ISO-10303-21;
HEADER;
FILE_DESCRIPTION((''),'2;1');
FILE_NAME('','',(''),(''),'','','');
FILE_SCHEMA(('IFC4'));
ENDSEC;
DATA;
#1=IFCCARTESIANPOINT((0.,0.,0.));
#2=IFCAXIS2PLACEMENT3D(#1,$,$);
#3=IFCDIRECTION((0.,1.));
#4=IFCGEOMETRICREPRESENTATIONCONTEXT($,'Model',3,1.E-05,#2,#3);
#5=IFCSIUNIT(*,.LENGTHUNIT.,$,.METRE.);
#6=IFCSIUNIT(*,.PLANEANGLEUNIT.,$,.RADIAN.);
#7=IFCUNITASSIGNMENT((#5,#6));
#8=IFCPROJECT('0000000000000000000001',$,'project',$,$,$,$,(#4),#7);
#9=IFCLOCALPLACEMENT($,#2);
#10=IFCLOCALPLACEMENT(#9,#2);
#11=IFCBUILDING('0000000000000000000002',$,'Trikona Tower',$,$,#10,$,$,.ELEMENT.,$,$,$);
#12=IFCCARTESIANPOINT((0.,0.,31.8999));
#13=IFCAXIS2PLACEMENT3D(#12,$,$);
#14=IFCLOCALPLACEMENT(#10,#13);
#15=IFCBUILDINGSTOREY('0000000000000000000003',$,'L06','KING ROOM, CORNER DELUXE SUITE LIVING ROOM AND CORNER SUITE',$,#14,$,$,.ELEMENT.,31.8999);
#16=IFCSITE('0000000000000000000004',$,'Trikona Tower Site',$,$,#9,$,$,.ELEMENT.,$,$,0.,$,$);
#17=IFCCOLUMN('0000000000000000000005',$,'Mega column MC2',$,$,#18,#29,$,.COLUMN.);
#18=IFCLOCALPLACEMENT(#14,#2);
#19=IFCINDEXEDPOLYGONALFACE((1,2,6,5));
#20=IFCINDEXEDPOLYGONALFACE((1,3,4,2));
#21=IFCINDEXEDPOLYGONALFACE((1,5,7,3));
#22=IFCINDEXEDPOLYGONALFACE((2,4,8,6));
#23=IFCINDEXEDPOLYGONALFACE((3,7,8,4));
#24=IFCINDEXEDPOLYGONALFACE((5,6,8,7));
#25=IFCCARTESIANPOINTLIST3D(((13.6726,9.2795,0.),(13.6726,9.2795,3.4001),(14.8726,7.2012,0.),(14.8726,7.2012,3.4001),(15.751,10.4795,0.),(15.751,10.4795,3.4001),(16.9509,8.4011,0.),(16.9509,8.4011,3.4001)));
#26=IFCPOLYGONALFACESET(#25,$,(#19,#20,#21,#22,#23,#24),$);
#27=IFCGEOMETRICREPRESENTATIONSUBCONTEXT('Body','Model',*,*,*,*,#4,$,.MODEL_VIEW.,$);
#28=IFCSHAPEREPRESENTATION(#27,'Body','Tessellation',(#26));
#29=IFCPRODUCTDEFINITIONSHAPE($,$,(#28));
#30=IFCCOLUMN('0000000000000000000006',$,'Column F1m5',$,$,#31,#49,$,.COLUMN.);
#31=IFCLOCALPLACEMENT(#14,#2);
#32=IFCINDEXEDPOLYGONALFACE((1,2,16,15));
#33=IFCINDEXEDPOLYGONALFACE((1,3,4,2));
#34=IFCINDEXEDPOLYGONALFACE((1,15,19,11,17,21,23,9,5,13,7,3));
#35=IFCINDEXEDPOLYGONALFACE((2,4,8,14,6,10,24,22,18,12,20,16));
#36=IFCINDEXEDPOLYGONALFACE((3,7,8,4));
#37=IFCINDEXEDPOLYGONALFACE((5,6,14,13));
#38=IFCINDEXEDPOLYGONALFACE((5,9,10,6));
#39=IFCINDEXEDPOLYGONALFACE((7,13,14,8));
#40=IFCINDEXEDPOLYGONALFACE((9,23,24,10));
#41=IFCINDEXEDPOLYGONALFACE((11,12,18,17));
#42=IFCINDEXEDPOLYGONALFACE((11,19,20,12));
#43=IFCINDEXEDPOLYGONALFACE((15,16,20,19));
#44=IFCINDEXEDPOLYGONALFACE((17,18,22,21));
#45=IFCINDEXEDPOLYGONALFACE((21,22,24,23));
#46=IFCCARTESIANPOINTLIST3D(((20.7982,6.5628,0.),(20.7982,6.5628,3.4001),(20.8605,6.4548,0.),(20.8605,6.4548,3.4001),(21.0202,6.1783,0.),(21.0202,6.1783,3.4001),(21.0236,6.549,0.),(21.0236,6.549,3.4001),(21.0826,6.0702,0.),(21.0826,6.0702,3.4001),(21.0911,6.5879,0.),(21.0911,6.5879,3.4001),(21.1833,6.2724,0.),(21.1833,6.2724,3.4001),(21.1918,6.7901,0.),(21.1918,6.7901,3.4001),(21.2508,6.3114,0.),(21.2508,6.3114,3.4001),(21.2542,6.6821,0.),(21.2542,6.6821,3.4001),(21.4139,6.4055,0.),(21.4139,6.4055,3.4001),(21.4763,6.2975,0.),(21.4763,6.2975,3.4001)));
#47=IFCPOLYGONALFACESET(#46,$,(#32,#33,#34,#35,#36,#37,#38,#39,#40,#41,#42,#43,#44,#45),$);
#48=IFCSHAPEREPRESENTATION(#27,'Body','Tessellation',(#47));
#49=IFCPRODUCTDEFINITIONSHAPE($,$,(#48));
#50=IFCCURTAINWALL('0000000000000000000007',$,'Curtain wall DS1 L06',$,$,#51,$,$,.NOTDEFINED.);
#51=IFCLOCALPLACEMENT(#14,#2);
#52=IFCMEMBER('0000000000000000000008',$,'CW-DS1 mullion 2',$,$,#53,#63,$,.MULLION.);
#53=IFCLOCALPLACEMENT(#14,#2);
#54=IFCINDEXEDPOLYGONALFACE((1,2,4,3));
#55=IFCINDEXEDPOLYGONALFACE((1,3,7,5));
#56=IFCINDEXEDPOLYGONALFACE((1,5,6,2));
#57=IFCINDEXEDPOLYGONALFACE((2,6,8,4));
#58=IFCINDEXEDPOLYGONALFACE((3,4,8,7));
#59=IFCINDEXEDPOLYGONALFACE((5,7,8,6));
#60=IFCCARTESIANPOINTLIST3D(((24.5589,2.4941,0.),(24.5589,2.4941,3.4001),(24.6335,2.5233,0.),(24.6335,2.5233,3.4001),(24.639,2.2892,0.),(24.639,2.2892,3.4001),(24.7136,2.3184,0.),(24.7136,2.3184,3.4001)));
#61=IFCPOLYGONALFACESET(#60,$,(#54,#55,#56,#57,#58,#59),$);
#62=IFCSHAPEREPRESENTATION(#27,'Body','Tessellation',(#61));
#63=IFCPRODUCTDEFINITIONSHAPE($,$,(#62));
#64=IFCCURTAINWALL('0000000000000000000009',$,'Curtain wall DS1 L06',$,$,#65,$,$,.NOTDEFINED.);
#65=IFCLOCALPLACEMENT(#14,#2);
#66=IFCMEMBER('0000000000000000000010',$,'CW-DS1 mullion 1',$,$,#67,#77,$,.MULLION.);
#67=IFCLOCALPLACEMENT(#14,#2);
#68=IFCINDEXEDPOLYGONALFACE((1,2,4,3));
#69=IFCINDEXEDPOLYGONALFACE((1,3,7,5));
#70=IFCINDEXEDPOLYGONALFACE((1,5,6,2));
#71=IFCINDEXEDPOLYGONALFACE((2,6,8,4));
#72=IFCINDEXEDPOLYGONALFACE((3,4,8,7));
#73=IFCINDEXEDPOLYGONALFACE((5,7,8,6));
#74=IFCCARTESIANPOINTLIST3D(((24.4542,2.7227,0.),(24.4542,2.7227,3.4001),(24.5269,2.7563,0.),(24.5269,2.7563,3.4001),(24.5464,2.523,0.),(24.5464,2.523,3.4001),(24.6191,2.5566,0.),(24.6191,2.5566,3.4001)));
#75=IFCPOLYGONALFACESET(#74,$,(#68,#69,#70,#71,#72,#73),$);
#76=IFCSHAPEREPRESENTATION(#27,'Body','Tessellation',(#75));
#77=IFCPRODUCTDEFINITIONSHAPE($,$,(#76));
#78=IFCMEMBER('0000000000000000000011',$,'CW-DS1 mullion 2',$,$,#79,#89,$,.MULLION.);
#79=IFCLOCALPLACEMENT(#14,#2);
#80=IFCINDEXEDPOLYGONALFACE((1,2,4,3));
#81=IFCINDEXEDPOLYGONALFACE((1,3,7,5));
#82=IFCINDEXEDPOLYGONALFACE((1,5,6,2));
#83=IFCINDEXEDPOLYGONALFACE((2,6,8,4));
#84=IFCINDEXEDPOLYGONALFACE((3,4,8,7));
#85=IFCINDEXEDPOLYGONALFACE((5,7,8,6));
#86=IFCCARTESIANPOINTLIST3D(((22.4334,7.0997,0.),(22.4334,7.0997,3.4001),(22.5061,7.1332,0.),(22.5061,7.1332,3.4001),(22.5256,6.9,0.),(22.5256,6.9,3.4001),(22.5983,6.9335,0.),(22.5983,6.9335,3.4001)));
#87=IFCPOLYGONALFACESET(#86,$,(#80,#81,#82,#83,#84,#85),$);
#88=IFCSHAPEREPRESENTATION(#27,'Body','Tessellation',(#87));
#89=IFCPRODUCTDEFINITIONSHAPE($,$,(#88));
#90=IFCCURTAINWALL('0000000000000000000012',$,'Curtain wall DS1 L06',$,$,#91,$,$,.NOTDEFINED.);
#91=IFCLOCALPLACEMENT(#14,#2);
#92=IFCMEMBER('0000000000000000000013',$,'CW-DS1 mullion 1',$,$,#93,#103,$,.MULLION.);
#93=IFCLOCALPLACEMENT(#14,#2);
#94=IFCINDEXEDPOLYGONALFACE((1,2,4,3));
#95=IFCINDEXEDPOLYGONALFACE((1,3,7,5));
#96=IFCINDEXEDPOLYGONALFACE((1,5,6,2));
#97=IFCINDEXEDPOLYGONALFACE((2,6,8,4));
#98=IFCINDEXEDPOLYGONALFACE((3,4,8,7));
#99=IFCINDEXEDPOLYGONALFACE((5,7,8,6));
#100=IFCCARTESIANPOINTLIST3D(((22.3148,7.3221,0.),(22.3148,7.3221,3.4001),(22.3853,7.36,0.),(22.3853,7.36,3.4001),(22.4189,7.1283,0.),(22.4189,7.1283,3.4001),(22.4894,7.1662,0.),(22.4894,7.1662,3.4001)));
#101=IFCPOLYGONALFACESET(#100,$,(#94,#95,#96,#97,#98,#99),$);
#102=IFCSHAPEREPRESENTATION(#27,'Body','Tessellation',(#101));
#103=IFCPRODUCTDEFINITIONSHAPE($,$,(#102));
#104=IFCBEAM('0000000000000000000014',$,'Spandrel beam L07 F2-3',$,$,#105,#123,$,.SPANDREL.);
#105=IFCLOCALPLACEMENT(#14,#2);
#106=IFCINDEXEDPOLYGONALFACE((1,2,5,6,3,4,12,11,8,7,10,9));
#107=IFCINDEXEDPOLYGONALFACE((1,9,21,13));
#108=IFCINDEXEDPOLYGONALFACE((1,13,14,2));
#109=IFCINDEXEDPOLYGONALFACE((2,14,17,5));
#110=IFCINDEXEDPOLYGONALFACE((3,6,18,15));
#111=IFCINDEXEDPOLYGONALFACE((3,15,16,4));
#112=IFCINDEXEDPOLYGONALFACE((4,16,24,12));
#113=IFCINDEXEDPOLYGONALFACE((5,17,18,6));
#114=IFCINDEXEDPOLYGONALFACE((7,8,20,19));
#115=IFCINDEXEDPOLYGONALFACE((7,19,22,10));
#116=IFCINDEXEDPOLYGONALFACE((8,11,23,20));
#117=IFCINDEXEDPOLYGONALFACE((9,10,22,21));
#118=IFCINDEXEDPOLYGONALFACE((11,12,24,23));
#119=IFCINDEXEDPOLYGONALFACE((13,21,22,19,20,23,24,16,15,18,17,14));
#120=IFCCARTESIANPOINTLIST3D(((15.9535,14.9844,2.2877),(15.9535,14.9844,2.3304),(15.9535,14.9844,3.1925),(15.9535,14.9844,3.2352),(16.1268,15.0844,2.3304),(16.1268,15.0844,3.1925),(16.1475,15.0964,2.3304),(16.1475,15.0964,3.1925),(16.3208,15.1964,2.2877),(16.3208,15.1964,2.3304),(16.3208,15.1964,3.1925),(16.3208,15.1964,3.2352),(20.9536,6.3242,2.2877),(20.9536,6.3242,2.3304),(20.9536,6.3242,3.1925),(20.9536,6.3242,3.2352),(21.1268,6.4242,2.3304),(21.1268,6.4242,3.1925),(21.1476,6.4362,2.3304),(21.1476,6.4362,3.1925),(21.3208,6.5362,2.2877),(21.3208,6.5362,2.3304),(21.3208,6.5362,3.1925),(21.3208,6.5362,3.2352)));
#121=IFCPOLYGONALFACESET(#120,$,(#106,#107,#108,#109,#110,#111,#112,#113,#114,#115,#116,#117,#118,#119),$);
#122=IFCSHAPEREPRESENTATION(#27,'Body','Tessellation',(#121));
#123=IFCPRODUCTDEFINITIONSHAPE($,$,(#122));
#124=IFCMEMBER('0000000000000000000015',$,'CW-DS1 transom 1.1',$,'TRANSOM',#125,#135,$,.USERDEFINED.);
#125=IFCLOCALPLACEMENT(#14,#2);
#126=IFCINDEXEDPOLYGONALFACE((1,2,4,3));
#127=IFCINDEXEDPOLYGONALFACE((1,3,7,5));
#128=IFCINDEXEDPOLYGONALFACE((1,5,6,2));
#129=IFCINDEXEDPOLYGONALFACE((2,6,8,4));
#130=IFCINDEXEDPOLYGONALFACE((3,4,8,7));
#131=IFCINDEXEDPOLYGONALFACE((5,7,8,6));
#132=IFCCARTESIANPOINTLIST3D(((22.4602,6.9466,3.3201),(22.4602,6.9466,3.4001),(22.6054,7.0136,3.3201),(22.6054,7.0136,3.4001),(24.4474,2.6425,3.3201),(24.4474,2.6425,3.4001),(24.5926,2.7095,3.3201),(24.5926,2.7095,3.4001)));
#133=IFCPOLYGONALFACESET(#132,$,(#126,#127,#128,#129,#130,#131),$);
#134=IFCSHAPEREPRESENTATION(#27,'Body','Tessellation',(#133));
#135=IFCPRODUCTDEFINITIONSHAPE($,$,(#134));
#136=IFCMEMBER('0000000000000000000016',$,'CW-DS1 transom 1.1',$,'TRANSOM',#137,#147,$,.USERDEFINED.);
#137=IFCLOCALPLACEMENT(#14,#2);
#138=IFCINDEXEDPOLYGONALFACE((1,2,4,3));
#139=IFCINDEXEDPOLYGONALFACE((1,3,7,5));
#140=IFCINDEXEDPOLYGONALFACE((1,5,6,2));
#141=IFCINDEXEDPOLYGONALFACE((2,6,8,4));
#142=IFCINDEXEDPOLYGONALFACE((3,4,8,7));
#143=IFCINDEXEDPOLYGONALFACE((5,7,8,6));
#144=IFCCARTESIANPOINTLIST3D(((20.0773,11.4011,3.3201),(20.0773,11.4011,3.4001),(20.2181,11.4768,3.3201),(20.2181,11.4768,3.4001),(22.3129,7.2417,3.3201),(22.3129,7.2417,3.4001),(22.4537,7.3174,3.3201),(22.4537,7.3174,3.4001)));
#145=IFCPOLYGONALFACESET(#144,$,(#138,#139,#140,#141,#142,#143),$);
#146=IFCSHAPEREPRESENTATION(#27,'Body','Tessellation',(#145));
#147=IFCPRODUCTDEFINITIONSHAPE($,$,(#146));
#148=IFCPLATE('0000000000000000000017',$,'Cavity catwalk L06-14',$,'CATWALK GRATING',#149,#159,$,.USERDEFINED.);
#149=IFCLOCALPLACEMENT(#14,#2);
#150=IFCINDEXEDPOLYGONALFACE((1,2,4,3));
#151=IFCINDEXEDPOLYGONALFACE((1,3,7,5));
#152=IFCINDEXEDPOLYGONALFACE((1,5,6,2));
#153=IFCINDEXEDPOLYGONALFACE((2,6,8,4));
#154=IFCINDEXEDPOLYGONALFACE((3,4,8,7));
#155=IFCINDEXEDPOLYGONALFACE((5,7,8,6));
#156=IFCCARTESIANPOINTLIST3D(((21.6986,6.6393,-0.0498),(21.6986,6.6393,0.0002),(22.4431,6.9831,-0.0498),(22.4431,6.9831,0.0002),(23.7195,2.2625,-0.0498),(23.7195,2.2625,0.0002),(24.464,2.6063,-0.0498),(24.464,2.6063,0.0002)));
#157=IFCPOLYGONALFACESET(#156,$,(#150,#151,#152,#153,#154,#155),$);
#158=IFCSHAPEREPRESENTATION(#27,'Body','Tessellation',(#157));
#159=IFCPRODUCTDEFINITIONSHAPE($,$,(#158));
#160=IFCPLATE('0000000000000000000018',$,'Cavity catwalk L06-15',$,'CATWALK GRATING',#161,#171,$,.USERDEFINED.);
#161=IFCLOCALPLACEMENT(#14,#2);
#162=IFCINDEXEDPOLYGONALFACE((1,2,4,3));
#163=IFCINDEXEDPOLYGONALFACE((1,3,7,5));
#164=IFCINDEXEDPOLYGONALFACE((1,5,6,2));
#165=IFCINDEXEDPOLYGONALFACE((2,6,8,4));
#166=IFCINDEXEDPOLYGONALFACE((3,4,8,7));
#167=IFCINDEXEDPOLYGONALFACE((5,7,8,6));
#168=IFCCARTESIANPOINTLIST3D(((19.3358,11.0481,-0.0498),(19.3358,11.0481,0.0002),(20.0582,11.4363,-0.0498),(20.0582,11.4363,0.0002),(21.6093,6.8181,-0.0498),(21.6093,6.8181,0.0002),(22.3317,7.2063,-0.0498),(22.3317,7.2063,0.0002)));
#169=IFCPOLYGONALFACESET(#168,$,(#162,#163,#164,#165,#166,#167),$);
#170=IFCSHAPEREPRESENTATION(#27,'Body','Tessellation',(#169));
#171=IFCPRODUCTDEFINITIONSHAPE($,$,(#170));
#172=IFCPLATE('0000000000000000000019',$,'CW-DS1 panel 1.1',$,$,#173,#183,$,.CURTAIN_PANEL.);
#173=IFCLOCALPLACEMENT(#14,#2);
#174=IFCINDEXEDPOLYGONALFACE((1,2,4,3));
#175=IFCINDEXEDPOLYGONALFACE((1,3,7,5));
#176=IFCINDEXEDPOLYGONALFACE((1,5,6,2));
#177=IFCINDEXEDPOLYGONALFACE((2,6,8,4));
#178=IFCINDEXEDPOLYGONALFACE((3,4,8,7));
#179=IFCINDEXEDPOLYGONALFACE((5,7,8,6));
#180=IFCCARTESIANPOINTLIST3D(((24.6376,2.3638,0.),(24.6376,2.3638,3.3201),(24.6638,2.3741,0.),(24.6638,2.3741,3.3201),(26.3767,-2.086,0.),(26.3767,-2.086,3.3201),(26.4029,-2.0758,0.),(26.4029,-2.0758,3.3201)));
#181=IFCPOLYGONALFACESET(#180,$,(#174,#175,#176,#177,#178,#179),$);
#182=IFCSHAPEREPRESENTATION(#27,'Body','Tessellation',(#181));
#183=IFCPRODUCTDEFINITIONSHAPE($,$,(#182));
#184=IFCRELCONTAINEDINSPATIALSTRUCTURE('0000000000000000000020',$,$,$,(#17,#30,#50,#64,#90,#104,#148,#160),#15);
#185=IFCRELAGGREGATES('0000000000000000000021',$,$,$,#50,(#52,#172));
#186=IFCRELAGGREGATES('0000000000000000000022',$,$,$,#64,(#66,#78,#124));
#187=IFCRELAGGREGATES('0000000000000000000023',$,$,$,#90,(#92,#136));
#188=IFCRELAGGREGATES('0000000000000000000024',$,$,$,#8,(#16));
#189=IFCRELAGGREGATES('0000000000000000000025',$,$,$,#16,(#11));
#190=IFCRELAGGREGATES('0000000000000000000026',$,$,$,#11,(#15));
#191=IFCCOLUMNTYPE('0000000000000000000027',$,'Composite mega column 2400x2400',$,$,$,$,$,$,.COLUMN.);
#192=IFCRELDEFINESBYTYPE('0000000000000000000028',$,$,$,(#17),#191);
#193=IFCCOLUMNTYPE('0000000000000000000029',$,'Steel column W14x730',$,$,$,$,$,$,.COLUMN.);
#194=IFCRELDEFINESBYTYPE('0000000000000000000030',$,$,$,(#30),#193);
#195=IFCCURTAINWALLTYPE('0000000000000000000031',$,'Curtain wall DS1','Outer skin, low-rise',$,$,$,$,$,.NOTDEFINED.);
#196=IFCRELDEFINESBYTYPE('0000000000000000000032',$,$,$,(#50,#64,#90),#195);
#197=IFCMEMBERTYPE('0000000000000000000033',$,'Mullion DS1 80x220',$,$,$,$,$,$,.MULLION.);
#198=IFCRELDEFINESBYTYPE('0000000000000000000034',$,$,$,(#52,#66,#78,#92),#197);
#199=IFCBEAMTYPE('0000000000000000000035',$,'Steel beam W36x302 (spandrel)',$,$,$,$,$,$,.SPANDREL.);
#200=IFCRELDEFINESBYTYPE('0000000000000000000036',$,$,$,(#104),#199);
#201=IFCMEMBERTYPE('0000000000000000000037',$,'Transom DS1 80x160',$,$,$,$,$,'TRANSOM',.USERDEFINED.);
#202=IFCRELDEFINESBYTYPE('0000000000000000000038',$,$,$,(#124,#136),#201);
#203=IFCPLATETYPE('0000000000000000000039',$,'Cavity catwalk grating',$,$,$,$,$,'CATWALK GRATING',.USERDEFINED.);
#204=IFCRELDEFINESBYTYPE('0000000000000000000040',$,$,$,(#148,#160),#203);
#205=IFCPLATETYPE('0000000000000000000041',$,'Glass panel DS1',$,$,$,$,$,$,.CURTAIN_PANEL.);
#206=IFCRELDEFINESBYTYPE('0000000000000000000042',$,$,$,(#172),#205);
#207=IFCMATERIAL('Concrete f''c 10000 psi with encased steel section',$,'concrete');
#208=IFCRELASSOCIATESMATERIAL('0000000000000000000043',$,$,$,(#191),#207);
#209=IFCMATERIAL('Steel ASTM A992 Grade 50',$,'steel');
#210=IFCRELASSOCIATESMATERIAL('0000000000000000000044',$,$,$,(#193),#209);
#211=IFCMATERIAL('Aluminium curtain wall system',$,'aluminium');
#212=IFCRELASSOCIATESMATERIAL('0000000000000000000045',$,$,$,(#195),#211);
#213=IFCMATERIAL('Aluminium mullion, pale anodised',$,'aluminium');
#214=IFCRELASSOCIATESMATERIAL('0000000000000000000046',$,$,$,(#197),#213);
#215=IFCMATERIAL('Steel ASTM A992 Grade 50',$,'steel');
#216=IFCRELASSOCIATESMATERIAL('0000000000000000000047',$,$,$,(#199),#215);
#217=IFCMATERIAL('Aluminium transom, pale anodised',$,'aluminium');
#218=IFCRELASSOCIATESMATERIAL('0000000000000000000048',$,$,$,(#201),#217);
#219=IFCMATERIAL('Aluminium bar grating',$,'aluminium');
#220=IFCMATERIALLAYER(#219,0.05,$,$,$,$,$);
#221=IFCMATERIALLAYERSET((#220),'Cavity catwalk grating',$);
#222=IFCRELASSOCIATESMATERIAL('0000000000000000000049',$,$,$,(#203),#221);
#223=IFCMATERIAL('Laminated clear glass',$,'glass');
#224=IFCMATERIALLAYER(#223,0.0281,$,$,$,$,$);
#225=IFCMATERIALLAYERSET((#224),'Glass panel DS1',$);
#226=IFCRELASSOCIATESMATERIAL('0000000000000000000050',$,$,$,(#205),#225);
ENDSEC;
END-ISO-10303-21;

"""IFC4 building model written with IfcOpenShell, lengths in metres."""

from ifc_helpers import new_model, si_unit, direction, frame, origin, origin_2d, place, context, subcontext, project, spatial, rectangle, i_section, extrude, material, layer, layer_set, material_profile, profile_set, type_object, element, aggregate, save


model = new_model("IFC4")

# Units and contexts
model_context = context("Model", 3, precision=1e-05, world=origin(), true_north=direction((0.0, 1.0)))
body_context = subcontext(model_context, "Body", "Model", "MODEL_VIEW")
ifc_project = project(units=[si_unit("LENGTHUNIT", "METRE"), si_unit("PLANEANGLEUNIT", "RADIAN")], contexts=[model_context])

# Site, building, storey
site_placement = place(None, origin())
site = spatial("IfcSite", under=ifc_project, at=site_placement, Name="Trikona Tower Site", CompositionType="ELEMENT", RefElevation=0.0)
building_placement = place(site_placement, origin())
building = spatial("IfcBuilding", under=site, at=building_placement, Name="Trikona Tower", CompositionType="ELEMENT")
storey_placement = place(building_placement, frame((0.0, 0.0, 31.8999)))
storey = spatial("IfcBuildingStorey", under=building, at=storey_placement, Name="L06", Description="KING ROOM, CORNER DELUXE SUITE LIVING ROOM AND CORNER SUITE", CompositionType="ELEMENT", Elevation=31.8999)

# Columns
ifc_material_1 = material(Name="Concrete f'c 10000 psi with encased steel section", Category="concrete")
ifc_material_profile_1 = material_profile(ifc_material_1, rectangle(XDim=2.3999, YDim=2.3999, at=origin_2d()), Name="MC2400")
ifc_profile_set_1 = profile_set([ifc_material_profile_1], Name="Concrete f'c 10000 psi with encased steel section")
column_type_1 = type_object("IfcColumnType", Name="Composite mega column 2400x2400", PredefinedType="COLUMN", material=ifc_profile_set_1)
column_1_placement = place(storey_placement, frame((15.3118, 8.8403, 0.0), z_axis=(0.0, 0.0, 1.0), x_axis=(0.866025, 0.5, 0.0)))
element("IfcColumn", 1, at=column_1_placement, inside=storey, type_object=column_type_1, Name="Mega column MC2", PredefinedType="COLUMN", context=body_context, shape_type="SweptSolid", body=[
    extrude(rectangle(XDim=2.3999, YDim=2.3999, at=origin_2d()), origin(), (0.0, 0.0, 1.0), 3.4001),
])
ifc_material_2 = material(Name="Steel ASTM A992 Grade 50", Category="steel")
ifc_material_profile_2 = material_profile(ifc_material_2, i_section(OverallWidth=0.4546, OverallDepth=0.5688, WebThickness=0.0779, FlangeThickness=0.1248, at=origin_2d()), Name="W14X730")
ifc_profile_set_2 = profile_set([ifc_material_profile_2], Name="Steel ASTM A992 Grade 50")
column_type_2 = type_object("IfcColumnType", Name="Steel column W14x730", PredefinedType="COLUMN", material=ifc_profile_set_2)
column_2_placement = place(storey_placement, frame((21.1372, 6.4302, 0.0), z_axis=(0.0, 0.0, 1.0), x_axis=(0.866025, 0.5, 0.0)))
element("IfcColumn", 2, at=column_2_placement, inside=storey, type_object=column_type_2, Name="Column F1m5", PredefinedType="COLUMN", context=body_context, shape_type="SweptSolid", body=[
    extrude(i_section(OverallWidth=0.4546, OverallDepth=0.5688, WebThickness=0.0779, FlangeThickness=0.1248, at=origin_2d()), origin(), (0.0, 0.0, 1.0), 3.4001),
])

# Curtain wall, member
ifc_material_3 = material(Name="Aluminium curtain wall system", Category="aluminium")
curtain_wall_type = type_object("IfcCurtainWallType", Name="Curtain wall DS1", Description="Outer skin, low-rise", PredefinedType="NOTDEFINED", material=ifc_material_3)
curtain_wall_1_placement = place(storey_placement, origin())
curtain_wall_1 = element("IfcCurtainWall", 3, at=curtain_wall_1_placement, inside=storey, type_object=curtain_wall_type, Name="Curtain wall DS1 L06", PredefinedType="NOTDEFINED")
ifc_material_4 = material(Name="Aluminium mullion, pale anodised", Category="aluminium")
ifc_material_profile_3 = material_profile(ifc_material_4, rectangle(XDim=0.0801, YDim=0.22, at=origin_2d()), Name="MUL-DS1")
ifc_profile_set_3 = profile_set([ifc_material_profile_3], Name="Aluminium mullion, pale anodised")
member_type_1 = type_object("IfcMemberType", Name="Mullion DS1 80x220", PredefinedType="MULLION", material=ifc_profile_set_3)
member_1_placement = place(storey_placement, frame((24.6362, 2.4062, 0.0), z_axis=(0.0, 0.0, 1.0), x_axis=(-0.931396, -0.364008, 0.0)))
member_1 = element("IfcMember", 4, at=member_1_placement, type_object=member_type_1, Name="CW-DS1 mullion 2", PredefinedType="MULLION", context=body_context, shape_type="SweptSolid", body=[
    extrude(rectangle(XDim=0.0801, YDim=0.22, at=origin_2d()), origin(), (0.0, 0.0, 1.0), 3.4001),
])

# Curtain wall, members
curtain_wall_2_placement = place(storey_placement, origin())
curtain_wall_2 = element("IfcCurtainWall", 5, at=curtain_wall_2_placement, inside=storey, type_object=curtain_wall_type, Name="Curtain wall DS1 L06", PredefinedType="NOTDEFINED")
member_2_placement = place(storey_placement, frame((24.5366, 2.6396, 0.0), z_axis=(0.0, 0.0, 1.0), x_axis=(-0.907898, -0.41919, 0.0)))
member_2 = element("IfcMember", 6, at=member_2_placement, type_object=member_type_1, Name="CW-DS1 mullion 1", PredefinedType="MULLION", context=body_context, shape_type="SweptSolid", body=[
    extrude(rectangle(XDim=0.0801, YDim=0.22, at=origin_2d()), origin(), (0.0, 0.0, 1.0), 3.4001),
])
member_3_placement = place(storey_placement, frame((22.5159, 7.0166, 0.0), z_axis=(0.0, 0.0, 1.0), x_axis=(-0.907898, -0.41919, 0.0)))
member_3 = element("IfcMember", 7, at=member_3_placement, type_object=member_type_1, Name="CW-DS1 mullion 2", PredefinedType="MULLION", context=body_context, shape_type="SweptSolid", body=[
    extrude(rectangle(XDim=0.0801, YDim=0.22, at=origin_2d()), origin(), (0.0, 0.0, 1.0), 3.4001),
])

# Curtain wall, member
curtain_wall_3_placement = place(storey_placement, origin())
curtain_wall_3 = element("IfcCurtainWall", 8, at=curtain_wall_3_placement, inside=storey, type_object=curtain_wall_type, Name="Curtain wall DS1 L06", PredefinedType="NOTDEFINED")
member_4_placement = place(storey_placement, frame((22.4021, 7.2441, 0.0), z_axis=(0.0, 0.0, 1.0), x_axis=(-0.880843, -0.473408, 0.0)))
member_4 = element("IfcMember", 9, at=member_4_placement, type_object=member_type_1, Name="CW-DS1 mullion 1", PredefinedType="MULLION", context=body_context, shape_type="SweptSolid", body=[
    extrude(rectangle(XDim=0.0801, YDim=0.22, at=origin_2d()), origin(), (0.0, 0.0, 1.0), 3.4001),
])

# Beam
ifc_material_5 = material(Name="Steel ASTM A992 Grade 50", Category="steel")
ifc_material_profile_4 = material_profile(ifc_material_5, i_section(OverallWidth=0.4241, OverallDepth=0.9475, WebThickness=0.0239, FlangeThickness=0.0427, at=origin_2d()), Name="W36X302")
ifc_profile_set_4 = profile_set([ifc_material_profile_4], Name="Steel ASTM A992 Grade 50")
beam_type = type_object("IfcBeamType", Name="Steel beam W36x302 (spandrel)", PredefinedType="SPANDREL", material=ifc_profile_set_4)
beam_placement = place(storey_placement, frame((21.1372, 6.4302, 2.7615), z_axis=(-0.500004, 0.866023, 0.0), x_axis=(-0.866023, -0.500004, 0.0)))
element("IfcBeam", 10, at=beam_placement, inside=storey, type_object=beam_type, Name="Spandrel beam L07 F2-3", PredefinedType="SPANDREL", context=body_context, shape_type="SweptSolid", body=[
    extrude(i_section(OverallWidth=0.4241, OverallDepth=0.9475, WebThickness=0.0239, FlangeThickness=0.0427, at=origin_2d()), origin(), (0.0, 0.0, 1.0), 10.0),
])

# Members
ifc_material_6 = material(Name="Aluminium transom, pale anodised", Category="aluminium")
ifc_material_profile_5 = material_profile(ifc_material_6, rectangle(XDim=0.1599, YDim=0.0801, at=origin_2d()), Name="TRN-DS1")
ifc_profile_set_5 = profile_set([ifc_material_profile_5], Name="Aluminium transom, pale anodised")
member_type_2 = type_object("IfcMemberType", Name="Transom DS1 80x160", ElementType="TRANSOM", PredefinedType="USERDEFINED", material=ifc_profile_set_5)
member_5_placement = place(storey_placement, frame((24.52, 2.676, 3.3601), z_axis=(-0.419189, 0.907899, 0.0), x_axis=(-0.907899, -0.419189, 0.0)))
member_5 = element("IfcMember", 11, at=member_5_placement, type_object=member_type_2, Name="CW-DS1 transom 1.1", ObjectType="TRANSOM", PredefinedType="USERDEFINED", context=body_context, shape_type="SweptSolid", body=[
    extrude(rectangle(XDim=0.1599, YDim=0.0801, at=origin_2d()), origin(), (0.0, 0.0, 1.0), 4.7407),
])
member_6_placement = place(storey_placement, frame((22.3833, 7.2795, 3.3601), z_axis=(-0.473428, 0.880833, 0.0), x_axis=(-0.880833, -0.473428, 0.0)))
member_6 = element("IfcMember", 12, at=member_6_placement, type_object=member_type_2, Name="CW-DS1 transom 1.1", ObjectType="TRANSOM", PredefinedType="USERDEFINED", context=body_context, shape_type="SweptSolid", body=[
    extrude(rectangle(XDim=0.1599, YDim=0.0801, at=origin_2d()), origin(), (0.0, 0.0, 1.0), 4.7222),
])

# Plates
ifc_material_7 = material(Name="Aluminium bar grating", Category="aluminium")
ifc_layer_1 = layer(ifc_material_7, 0.05)
ifc_layer_set_1 = layer_set([ifc_layer_1], Name="Cavity catwalk grating")
plate_type_1 = type_object("IfcPlateType", Name="Cavity catwalk grating", ElementType="CATWALK GRATING", PredefinedType="USERDEFINED", material=ifc_layer_set_1)
plate_1_placement = place(storey_placement, frame((23.0813, 4.6228, -0.0498), z_axis=(0.0, 0.0, 1.0), x_axis=(-0.419194, 0.907897, 0.0)))
element("IfcPlate", 13, at=plate_1_placement, inside=storey, type_object=plate_type_1, Name="Cavity catwalk L06-14", ObjectType="CATWALK GRATING", PredefinedType="USERDEFINED", context=body_context, shape_type="SweptSolid", body=[
    extrude(rectangle(XDim=4.8208, YDim=0.8201, at=origin_2d()), origin(), (0.0, 0.0, 1.0), 0.05),
])
plate_2_placement = place(storey_placement, frame((20.8337, 9.1272, -0.0498), z_axis=(0.0, 0.0, 1.0), x_axis=(-0.473423, 0.880835, 0.0)))
element("IfcPlate", 14, at=plate_2_placement, inside=storey, type_object=plate_type_1, Name="Cavity catwalk L06-15", ObjectType="CATWALK GRATING", PredefinedType="USERDEFINED", context=body_context, shape_type="SweptSolid", body=[
    extrude(rectangle(XDim=4.8022, YDim=0.8201, at=origin_2d()), origin(), (0.0, 0.0, 1.0), 0.05),
])

# Plate
ifc_material_8 = material(Name="Laminated clear glass", Category="glass")
ifc_layer_2 = layer(ifc_material_8, 0.0281)
ifc_layer_set_2 = layer_set([ifc_layer_2], Name="Glass panel DS1")
plate_type_2 = type_object("IfcPlateType", Name="Glass panel DS1", PredefinedType="CURTAIN_PANEL", material=ifc_layer_set_2)
plate_3_placement = place(storey_placement, frame((25.5203, 0.144, 0.0), z_axis=(0.0, 0.0, 1.0), x_axis=(-0.364008, 0.931396, 0.0)))
plate_3 = element("IfcPlate", 15, at=plate_3_placement, type_object=plate_type_2, Name="CW-DS1 panel 1.1", PredefinedType="CURTAIN_PANEL", context=body_context, shape_type="SweptSolid", body=[
    extrude(rectangle(XDim=4.7776, YDim=0.0281, at=origin_2d()), origin(), (0.0, 0.0, 1.0), 3.3201),
])
aggregate(curtain_wall_1, [member_1, plate_3])
aggregate(curtain_wall_2, [member_2, member_3, member_5])
aggregate(curtain_wall_3, [member_4, member_6])

save(model, "model.ifc")
